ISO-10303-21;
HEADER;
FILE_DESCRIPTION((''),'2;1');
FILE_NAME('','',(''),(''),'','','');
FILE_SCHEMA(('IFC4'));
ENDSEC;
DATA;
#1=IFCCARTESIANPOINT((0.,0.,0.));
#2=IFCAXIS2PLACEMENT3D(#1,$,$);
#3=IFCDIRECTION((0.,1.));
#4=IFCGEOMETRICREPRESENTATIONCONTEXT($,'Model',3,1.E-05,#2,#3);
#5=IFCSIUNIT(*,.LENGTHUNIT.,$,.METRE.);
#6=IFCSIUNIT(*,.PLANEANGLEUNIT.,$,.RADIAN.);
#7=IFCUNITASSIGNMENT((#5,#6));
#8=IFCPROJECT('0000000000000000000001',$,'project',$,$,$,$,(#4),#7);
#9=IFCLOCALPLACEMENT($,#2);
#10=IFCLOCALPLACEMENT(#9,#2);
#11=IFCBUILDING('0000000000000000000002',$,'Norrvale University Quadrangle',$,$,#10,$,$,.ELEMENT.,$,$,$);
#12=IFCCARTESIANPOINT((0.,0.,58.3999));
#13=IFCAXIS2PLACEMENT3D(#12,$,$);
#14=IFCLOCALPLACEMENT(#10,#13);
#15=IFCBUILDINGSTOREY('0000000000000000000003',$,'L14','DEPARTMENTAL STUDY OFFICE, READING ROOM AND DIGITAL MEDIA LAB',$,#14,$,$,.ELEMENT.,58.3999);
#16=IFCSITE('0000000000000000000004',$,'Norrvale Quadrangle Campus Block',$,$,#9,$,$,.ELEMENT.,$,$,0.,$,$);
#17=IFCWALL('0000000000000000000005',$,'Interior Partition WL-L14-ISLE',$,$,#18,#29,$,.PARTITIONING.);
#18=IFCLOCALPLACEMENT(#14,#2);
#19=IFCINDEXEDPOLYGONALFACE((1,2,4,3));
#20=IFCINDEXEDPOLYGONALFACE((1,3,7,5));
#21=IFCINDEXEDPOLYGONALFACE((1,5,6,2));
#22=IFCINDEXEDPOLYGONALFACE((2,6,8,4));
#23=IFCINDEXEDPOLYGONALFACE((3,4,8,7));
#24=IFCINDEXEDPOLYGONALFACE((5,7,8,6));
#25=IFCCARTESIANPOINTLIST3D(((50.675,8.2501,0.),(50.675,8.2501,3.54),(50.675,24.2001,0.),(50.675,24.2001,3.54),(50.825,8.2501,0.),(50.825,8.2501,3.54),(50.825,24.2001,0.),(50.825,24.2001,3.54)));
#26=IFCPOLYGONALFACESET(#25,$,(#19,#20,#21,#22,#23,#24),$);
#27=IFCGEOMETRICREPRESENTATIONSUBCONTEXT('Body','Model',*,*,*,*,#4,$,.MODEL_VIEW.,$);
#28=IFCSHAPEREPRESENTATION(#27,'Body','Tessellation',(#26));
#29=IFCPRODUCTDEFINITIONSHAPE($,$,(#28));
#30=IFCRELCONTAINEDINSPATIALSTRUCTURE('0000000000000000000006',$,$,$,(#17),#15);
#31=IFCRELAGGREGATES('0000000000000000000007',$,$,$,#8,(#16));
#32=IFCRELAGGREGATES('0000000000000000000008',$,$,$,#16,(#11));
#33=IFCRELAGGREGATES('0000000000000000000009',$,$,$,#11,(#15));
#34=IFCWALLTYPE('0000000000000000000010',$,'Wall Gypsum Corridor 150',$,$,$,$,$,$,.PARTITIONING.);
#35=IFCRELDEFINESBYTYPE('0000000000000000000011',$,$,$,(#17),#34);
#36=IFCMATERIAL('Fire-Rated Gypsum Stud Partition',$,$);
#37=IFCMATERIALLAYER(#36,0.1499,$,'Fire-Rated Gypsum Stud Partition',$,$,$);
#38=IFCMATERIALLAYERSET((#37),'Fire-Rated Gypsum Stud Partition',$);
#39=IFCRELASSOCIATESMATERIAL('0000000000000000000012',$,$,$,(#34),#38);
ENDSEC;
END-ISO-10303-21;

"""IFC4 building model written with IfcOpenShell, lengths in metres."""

from ifc_helpers import new_model, si_unit, direction, frame, frame_2d, origin, place, context, subcontext, project, spatial, rectangle, extrude, material, layer, layer_set, type_object, element, save


model = new_model("IFC4")

# Units and contexts
model_context = context("Model", 3, precision=1e-05, world=origin(), true_north=direction((0.0, 1.0)))
body_context = subcontext(model_context, "Body", "Model", "MODEL_VIEW")
ifc_project = project(units=[si_unit("LENGTHUNIT", "METRE"), si_unit("PLANEANGLEUNIT", "RADIAN")], contexts=[model_context])

# Site, building, storey
site_placement = place(None, origin())
site = spatial("IfcSite", under=ifc_project, at=site_placement, Name="Norrvale Quadrangle Campus Block", CompositionType="ELEMENT", RefElevation=0.0)
building_placement = place(site_placement, origin())
building = spatial("IfcBuilding", under=site, at=building_placement, Name="Norrvale University Quadrangle", CompositionType="ELEMENT")
storey_placement = place(building_placement, frame((0.0, 0.0, 58.3999)))
storey = spatial("IfcBuildingStorey", under=building, at=storey_placement, Name="L14", Description="DEPARTMENTAL STUDY OFFICE, READING ROOM AND DIGITAL MEDIA LAB", CompositionType="ELEMENT", Elevation=58.3999)

# Shared definitions
ifc_material_1 = material(Name="Fire-Rated Gypsum Stud Partition")
ifc_layer_1 = layer(ifc_material_1, 0.1499, Name="Fire-Rated Gypsum Stud Partition")
ifc_layer_set_1 = layer_set([ifc_layer_1], Name="Fire-Rated Gypsum Stud Partition")
wall_type_1 = type_object("IfcWallType", Name="Wall Gypsum Corridor 150", PredefinedType="PARTITIONING", material=ifc_layer_set_1)

# Wall
wall_1_placement = place(storey_placement, frame((50.75, 8.25, 0.0), z_axis=(0.0, 0.0, 1.0), x_axis=(0.0, 1.0, 0.0)))
element("IfcWall", 1, at=wall_1_placement, inside=storey, type_object=wall_type_1, Name="Interior Partition WL-L14-ISLE", PredefinedType="PARTITIONING", context=body_context, shape_type="SweptSolid", body=[
    extrude(rectangle(XDim=15.95, YDim=0.1499, at=frame_2d((7.9751, 0.0))), origin(), (0.0, 0.0, 1.0), 3.54),
])

save(model, "model.ifc")
